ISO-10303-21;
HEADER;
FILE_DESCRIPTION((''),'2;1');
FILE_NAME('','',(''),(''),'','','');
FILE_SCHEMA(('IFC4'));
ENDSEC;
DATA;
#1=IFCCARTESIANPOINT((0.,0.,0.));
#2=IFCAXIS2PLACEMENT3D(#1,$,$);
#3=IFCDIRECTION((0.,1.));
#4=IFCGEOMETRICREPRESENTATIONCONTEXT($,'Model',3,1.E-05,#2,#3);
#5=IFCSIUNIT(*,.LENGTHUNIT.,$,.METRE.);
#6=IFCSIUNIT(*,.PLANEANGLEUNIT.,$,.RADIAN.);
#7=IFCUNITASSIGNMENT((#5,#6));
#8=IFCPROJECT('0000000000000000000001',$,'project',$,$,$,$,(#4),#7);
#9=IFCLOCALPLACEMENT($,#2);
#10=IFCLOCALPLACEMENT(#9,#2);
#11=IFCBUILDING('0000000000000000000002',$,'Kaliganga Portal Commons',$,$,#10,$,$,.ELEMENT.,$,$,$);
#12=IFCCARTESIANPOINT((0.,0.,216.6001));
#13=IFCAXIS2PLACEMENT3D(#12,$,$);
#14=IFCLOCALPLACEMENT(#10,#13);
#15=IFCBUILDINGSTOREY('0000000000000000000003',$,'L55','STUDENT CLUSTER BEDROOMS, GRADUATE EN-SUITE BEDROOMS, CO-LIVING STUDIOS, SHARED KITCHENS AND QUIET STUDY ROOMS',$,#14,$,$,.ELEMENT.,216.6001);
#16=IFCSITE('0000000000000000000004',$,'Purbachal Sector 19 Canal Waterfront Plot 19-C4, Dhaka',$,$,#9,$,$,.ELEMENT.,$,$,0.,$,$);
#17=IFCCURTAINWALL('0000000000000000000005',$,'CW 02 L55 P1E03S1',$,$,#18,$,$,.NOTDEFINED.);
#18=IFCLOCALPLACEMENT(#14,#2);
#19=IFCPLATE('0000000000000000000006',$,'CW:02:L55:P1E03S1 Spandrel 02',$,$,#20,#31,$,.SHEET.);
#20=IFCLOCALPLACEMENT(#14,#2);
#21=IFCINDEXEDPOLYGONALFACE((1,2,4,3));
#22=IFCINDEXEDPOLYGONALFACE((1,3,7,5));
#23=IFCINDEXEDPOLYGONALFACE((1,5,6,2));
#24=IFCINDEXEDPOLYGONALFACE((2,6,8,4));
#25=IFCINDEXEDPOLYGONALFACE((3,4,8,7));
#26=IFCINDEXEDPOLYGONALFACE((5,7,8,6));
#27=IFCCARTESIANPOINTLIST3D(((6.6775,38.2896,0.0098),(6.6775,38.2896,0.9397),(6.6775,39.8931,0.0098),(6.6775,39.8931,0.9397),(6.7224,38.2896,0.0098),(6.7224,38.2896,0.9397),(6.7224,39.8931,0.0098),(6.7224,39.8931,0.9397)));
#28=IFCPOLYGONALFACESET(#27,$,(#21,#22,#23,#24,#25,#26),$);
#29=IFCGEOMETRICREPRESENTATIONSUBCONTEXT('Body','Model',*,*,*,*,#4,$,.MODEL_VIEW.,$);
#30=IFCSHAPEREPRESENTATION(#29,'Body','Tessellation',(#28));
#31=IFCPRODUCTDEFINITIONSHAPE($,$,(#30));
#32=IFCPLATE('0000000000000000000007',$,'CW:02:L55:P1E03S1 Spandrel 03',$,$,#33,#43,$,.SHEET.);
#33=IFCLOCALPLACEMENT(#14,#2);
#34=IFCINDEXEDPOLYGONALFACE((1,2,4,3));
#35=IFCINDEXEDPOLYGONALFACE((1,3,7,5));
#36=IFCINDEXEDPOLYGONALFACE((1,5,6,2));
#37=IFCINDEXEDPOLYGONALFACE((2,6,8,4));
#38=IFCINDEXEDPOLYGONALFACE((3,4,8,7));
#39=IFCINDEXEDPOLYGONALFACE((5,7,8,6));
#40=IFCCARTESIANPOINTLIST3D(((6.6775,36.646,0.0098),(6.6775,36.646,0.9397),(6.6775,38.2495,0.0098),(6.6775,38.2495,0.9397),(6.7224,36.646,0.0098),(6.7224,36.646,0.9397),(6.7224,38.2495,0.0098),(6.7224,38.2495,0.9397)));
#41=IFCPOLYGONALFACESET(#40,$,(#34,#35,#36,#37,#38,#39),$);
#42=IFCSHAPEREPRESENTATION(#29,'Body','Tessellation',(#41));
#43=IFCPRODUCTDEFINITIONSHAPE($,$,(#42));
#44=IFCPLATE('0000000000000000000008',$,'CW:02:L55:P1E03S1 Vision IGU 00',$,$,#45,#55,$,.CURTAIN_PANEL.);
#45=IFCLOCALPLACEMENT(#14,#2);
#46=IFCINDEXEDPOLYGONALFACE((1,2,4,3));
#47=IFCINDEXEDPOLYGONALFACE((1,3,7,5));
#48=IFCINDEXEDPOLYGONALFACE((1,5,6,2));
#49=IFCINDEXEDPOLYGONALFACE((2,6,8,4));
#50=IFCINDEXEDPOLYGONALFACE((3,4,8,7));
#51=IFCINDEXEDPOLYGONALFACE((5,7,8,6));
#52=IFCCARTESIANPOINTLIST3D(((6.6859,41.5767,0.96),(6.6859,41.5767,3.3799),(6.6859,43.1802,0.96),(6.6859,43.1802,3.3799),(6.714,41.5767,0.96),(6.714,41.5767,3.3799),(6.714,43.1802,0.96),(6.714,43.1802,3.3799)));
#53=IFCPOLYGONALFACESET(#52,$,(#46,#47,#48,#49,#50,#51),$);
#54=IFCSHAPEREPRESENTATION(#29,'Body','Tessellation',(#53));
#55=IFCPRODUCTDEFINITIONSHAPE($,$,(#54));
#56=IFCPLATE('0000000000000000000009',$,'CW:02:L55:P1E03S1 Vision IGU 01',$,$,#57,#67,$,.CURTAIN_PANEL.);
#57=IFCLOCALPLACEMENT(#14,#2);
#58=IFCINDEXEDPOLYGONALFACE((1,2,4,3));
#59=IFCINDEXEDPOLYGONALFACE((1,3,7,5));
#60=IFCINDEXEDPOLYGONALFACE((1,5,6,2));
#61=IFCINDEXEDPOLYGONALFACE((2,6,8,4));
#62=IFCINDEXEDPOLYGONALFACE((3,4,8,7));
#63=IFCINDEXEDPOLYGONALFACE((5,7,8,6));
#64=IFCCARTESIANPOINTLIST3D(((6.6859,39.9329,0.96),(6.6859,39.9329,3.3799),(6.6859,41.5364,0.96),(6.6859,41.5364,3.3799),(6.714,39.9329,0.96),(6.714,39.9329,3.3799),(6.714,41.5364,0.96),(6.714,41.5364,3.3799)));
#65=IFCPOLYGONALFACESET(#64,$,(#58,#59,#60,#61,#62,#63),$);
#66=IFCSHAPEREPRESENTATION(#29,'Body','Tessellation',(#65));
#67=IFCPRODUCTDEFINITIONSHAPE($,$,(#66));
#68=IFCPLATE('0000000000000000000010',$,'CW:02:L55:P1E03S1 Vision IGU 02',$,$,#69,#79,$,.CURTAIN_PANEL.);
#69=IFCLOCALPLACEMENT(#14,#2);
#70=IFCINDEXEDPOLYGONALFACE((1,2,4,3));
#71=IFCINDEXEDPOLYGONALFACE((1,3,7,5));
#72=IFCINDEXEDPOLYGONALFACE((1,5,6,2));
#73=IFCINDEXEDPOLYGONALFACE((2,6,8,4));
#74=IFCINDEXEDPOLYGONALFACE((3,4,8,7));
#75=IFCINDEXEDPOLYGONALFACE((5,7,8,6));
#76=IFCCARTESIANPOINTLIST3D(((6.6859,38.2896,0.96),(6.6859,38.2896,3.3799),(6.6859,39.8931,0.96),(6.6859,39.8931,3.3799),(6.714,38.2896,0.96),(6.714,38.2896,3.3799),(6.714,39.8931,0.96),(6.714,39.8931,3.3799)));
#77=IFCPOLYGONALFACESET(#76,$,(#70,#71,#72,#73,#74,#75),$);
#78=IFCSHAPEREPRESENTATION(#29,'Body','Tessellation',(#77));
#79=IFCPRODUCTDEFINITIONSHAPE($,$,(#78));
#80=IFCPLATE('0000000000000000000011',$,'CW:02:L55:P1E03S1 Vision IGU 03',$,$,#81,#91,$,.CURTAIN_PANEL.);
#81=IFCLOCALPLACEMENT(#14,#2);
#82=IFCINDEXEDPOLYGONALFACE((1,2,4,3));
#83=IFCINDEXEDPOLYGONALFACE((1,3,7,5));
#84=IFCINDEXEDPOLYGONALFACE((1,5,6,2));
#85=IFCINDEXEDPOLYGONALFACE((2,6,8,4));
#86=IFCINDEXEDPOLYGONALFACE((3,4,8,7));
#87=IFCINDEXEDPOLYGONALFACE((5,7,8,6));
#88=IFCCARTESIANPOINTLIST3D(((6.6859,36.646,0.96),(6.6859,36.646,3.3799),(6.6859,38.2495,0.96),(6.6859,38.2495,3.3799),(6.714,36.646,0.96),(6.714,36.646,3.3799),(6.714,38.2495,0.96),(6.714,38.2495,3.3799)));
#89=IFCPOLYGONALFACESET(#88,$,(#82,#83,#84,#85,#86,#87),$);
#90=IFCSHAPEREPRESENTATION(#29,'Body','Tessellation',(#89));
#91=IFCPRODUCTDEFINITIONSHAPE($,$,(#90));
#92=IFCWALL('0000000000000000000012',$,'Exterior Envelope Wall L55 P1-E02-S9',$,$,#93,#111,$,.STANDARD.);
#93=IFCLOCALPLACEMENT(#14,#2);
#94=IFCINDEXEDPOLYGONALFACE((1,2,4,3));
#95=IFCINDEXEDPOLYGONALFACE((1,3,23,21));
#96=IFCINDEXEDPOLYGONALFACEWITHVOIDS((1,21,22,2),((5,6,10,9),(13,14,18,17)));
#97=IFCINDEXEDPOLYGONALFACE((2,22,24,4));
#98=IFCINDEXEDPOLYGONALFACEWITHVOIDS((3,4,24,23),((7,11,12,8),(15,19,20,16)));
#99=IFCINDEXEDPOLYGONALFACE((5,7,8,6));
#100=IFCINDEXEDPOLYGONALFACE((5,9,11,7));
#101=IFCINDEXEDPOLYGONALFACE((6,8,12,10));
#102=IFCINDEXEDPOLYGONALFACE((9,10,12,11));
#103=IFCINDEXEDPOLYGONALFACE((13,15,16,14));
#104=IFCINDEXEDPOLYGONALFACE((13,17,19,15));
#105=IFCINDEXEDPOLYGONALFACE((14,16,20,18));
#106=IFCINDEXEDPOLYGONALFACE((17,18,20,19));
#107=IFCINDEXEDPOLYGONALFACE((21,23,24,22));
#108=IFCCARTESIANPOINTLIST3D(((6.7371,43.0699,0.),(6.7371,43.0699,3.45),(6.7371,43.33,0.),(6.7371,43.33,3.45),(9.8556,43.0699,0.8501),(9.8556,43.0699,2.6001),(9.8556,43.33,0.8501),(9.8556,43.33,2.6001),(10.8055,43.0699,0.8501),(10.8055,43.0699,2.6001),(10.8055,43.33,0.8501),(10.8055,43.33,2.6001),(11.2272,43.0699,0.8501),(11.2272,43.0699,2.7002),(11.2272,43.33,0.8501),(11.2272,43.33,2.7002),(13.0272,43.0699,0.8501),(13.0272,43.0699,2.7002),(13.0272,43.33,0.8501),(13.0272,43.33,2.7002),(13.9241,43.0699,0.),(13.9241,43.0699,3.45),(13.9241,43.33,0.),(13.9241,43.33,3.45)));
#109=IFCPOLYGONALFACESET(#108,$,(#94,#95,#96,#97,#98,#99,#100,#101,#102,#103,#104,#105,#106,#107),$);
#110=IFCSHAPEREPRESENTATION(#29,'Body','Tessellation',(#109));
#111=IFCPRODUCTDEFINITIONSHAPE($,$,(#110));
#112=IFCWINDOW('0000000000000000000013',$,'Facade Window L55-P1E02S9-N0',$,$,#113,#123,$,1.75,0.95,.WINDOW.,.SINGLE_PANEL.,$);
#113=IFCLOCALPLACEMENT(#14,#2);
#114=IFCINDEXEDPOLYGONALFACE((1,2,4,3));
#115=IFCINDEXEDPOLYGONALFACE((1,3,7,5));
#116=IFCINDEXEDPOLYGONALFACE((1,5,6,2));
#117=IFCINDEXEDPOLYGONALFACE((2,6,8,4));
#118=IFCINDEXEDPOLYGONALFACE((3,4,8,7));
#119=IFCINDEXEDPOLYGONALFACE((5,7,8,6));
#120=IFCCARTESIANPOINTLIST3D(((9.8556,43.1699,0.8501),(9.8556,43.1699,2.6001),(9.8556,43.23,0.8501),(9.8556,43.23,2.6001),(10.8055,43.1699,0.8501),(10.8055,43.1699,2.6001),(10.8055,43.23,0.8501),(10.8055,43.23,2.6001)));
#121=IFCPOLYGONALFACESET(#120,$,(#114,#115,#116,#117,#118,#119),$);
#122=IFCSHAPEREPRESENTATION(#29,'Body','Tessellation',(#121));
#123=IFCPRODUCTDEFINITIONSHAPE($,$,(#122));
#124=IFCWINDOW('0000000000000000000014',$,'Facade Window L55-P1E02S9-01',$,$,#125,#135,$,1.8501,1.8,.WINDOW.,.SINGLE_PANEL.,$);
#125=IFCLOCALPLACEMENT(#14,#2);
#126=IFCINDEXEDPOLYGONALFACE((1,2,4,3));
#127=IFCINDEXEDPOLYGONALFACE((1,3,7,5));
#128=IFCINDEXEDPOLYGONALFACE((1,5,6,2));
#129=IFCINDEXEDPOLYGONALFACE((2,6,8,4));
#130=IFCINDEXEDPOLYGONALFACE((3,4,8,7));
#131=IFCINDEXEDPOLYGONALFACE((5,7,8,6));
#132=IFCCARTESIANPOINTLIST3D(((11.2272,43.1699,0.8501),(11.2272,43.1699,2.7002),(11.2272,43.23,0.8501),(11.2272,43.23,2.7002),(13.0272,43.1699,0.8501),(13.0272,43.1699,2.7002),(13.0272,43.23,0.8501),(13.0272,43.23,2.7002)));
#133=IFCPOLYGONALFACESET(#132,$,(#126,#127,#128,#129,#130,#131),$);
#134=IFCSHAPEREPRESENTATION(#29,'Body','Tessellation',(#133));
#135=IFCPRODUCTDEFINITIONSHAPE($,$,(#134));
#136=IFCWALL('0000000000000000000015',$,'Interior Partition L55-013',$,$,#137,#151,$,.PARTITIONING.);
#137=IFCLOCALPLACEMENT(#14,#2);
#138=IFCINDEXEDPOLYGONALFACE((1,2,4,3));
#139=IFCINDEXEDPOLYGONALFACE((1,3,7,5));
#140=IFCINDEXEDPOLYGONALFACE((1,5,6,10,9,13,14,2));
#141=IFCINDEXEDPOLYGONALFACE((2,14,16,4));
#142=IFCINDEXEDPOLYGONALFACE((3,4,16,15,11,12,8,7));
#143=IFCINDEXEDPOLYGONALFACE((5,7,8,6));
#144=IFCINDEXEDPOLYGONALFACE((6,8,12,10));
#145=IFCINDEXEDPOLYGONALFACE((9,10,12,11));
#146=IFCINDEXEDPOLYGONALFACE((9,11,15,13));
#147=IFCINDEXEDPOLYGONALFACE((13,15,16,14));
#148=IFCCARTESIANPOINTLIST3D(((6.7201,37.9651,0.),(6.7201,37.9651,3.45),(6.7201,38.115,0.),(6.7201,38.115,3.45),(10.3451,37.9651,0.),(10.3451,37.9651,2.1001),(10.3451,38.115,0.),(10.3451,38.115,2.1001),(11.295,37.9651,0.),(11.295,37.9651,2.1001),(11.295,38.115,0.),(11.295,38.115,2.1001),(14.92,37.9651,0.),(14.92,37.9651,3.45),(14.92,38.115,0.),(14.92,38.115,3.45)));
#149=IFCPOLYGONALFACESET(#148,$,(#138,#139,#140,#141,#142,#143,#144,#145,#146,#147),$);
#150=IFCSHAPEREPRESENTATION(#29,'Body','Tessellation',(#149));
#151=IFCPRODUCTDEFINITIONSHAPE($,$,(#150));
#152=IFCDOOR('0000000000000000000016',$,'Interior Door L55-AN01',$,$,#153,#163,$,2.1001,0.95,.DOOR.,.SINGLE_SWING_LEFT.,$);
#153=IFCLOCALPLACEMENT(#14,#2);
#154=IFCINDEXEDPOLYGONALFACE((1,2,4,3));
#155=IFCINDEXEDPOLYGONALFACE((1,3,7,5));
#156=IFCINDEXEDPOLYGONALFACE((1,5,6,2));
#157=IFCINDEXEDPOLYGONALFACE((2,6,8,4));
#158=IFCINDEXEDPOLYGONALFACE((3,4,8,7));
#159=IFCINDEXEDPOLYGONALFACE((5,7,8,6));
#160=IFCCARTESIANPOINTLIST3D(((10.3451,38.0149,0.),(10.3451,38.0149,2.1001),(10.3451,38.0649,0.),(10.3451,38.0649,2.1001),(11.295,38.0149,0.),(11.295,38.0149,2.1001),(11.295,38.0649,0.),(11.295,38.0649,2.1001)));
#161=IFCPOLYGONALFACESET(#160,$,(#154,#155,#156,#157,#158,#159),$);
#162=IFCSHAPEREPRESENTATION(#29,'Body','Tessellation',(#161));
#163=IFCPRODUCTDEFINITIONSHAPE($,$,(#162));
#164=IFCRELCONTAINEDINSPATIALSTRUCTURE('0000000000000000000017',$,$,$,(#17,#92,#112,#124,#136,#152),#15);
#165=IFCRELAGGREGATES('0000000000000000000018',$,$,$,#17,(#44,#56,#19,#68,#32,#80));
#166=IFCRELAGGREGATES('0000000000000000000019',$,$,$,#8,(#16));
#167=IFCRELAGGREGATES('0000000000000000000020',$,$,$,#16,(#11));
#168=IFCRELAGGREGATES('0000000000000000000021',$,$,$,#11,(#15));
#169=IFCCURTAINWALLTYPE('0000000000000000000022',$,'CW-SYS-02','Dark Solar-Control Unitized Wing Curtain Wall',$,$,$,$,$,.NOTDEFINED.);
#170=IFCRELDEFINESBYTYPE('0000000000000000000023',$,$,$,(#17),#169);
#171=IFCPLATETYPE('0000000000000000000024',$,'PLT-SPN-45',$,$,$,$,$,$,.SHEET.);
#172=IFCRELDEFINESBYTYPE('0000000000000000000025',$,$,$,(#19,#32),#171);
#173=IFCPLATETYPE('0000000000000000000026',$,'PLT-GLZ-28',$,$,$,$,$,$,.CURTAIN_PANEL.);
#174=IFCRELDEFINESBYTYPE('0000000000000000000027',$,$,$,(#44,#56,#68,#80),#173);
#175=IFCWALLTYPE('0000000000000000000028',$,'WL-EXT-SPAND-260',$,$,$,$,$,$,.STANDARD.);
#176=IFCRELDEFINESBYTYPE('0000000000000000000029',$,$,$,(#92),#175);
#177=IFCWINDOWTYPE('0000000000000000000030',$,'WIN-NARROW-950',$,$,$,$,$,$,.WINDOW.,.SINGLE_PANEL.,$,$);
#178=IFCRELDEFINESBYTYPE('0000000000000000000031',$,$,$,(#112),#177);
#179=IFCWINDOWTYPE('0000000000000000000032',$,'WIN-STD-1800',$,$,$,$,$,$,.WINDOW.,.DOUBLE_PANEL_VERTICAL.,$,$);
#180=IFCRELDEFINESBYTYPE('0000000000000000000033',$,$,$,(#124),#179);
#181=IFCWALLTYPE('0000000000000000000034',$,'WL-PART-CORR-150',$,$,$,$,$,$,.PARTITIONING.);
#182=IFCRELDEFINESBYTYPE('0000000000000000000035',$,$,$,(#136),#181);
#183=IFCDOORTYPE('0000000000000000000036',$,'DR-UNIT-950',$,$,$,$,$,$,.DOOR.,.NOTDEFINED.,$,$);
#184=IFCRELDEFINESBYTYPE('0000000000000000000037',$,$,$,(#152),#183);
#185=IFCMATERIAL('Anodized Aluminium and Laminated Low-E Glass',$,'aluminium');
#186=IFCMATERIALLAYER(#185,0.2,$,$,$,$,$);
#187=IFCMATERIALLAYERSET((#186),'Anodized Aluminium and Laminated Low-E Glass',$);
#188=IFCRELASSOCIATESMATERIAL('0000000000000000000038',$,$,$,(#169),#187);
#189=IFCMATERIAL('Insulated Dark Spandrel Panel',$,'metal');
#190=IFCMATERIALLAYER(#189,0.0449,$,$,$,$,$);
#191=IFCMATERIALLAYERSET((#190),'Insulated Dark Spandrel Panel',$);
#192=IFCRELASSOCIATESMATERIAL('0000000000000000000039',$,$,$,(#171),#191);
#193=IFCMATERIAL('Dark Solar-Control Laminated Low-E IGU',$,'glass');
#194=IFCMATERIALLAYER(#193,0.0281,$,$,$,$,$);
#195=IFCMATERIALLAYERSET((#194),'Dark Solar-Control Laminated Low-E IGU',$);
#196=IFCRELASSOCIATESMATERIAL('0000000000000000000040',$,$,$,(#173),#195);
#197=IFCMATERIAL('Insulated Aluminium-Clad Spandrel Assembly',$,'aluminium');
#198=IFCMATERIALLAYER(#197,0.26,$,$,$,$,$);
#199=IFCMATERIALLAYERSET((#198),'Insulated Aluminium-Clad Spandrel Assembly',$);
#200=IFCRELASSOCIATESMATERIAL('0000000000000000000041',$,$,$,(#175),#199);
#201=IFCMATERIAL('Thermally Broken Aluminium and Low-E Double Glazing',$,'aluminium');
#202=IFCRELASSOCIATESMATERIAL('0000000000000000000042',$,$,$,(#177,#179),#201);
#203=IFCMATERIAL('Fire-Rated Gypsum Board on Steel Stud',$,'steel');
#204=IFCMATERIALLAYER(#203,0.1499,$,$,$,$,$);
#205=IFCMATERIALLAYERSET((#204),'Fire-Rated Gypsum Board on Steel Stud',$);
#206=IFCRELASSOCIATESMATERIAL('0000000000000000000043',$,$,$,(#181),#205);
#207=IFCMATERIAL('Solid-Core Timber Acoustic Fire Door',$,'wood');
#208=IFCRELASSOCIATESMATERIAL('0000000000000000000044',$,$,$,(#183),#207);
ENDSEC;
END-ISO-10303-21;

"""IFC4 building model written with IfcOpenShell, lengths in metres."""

from ifc_helpers import new_model, si_unit, direction, frame, frame_2d, origin, origin_2d, place, context, subcontext, project, spatial, rectangle, extrude, source, transform, mapped, material, layer, layer_set, type_object, element, fill, aggregate, save


model = new_model("IFC4")

# Units and contexts
model_context = context("Model", 3, precision=1e-05, world=origin(), true_north=direction((0.0, 1.0)))
body_context = subcontext(model_context, "Body", "Model", "MODEL_VIEW")
ifc_project = project(units=[si_unit("LENGTHUNIT", "METRE"), si_unit("PLANEANGLEUNIT", "RADIAN")], contexts=[model_context])

# Site, building, storey
site_placement = place(None, origin())
site = spatial("IfcSite", under=ifc_project, at=site_placement, Name="Purbachal Sector 19 Canal Waterfront Plot 19-C4, Dhaka", CompositionType="ELEMENT", RefElevation=0.0)
building_placement = place(site_placement, origin())
building = spatial("IfcBuilding", under=site, at=building_placement, Name="Kaliganga Portal Commons", CompositionType="ELEMENT")
storey_placement = place(building_placement, frame((0.0, 0.0, 216.6001)))
storey = spatial("IfcBuildingStorey", under=building, at=storey_placement, Name="L55", Description="STUDENT CLUSTER BEDROOMS, GRADUATE EN-SUITE BEDROOMS, CO-LIVING STUDIOS, SHARED KITCHENS AND QUIET STUDY ROOMS", CompositionType="ELEMENT", Elevation=216.6001)

# Curtain wall, plates
ifc_material_1 = material(Name="Anodized Aluminium and Laminated Low-E Glass", Category="aluminium")
ifc_layer_1 = layer(ifc_material_1, 0.2)
ifc_layer_set_1 = layer_set([ifc_layer_1], Name="Anodized Aluminium and Laminated Low-E Glass")
curtain_wall_type = type_object("IfcCurtainWallType", Name="CW-SYS-02", Description="Dark Solar-Control Unitized Wing Curtain Wall", PredefinedType="NOTDEFINED", material=ifc_layer_set_1)
curtain_wall_placement = place(storey_placement, origin())
curtain_wall = element("IfcCurtainWall", 1, at=curtain_wall_placement, inside=storey, type_object=curtain_wall_type, Name="CW 02 L55 P1E03S1", PredefinedType="NOTDEFINED")
ifc_material_2 = material(Name="Insulated Dark Spandrel Panel", Category="metal")
ifc_layer_2 = layer(ifc_material_2, 0.0449)
ifc_layer_set_2 = layer_set([ifc_layer_2], Name="Insulated Dark Spandrel Panel")
plate_type_1 = type_object("IfcPlateType", Name="PLT-SPN-45", PredefinedType="SHEET", material=ifc_layer_set_2)
shared_shape_1 = source(origin(), body_context, "Body", "SweptSolid", [
    extrude(rectangle(XDim=1.6035, YDim=0.0449, at=origin_2d()), origin(), (0.0, 0.0, 1.0), 0.9299),
])
plate_1_placement = place(storey_placement, frame((6.7, 39.0913, 0.0098), z_axis=(0.0, 0.0, 1.0), x_axis=(0.0, -1.0, 0.0)))
plate_1 = element("IfcPlate", 2, at=plate_1_placement, type_object=plate_type_1, Name="CW:02:L55:P1E03S1 Spandrel 02", PredefinedType="SHEET", context=body_context, shape_type="MappedRepresentation", body=[
    mapped(shared_shape_1, transform((0.0, 0.0, 0.0), x_axis=(1.0, 0.0, 0.0), y_axis=(0.0, 1.0, 0.0), z_axis=(0.0, 0.0, 1.0), scale=1.0)),
])
plate_2_placement = place(storey_placement, frame((6.7, 37.4478, 0.0098), z_axis=(0.0, 0.0, 1.0), x_axis=(0.0, -1.0, 0.0)))
plate_2 = element("IfcPlate", 3, at=plate_2_placement, type_object=plate_type_1, Name="CW:02:L55:P1E03S1 Spandrel 03", PredefinedType="SHEET", context=body_context, shape_type="MappedRepresentation", body=[
    mapped(shared_shape_1, transform((0.0, 0.0, 0.0), x_axis=(1.0, 0.0, 0.0), y_axis=(0.0, 1.0, 0.0), z_axis=(0.0, 0.0, 1.0), scale=1.0)),
])
ifc_material_3 = material(Name="Dark Solar-Control Laminated Low-E IGU", Category="glass")
ifc_layer_3 = layer(ifc_material_3, 0.0281)
ifc_layer_set_3 = layer_set([ifc_layer_3], Name="Dark Solar-Control Laminated Low-E IGU")
plate_type_2 = type_object("IfcPlateType", Name="PLT-GLZ-28", PredefinedType="CURTAIN_PANEL", material=ifc_layer_set_3)
shared_shape_2 = source(origin(), body_context, "Body", "SweptSolid", [
    extrude(rectangle(XDim=1.6035, YDim=0.0281, at=origin_2d()), origin(), (0.0, 0.0, 1.0), 2.4199),
])
plate_3_placement = place(storey_placement, frame((6.7, 42.3784, 0.96), z_axis=(0.0, 0.0, 1.0), x_axis=(0.0, -1.0, 0.0)))
plate_3 = element("IfcPlate", 4, at=plate_3_placement, type_object=plate_type_2, Name="CW:02:L55:P1E03S1 Vision IGU 00", PredefinedType="CURTAIN_PANEL", context=body_context, shape_type="MappedRepresentation", body=[
    mapped(shared_shape_2, transform((0.0, 0.0, 0.0), x_axis=(1.0, 0.0, 0.0), y_axis=(0.0, 1.0, 0.0), z_axis=(0.0, 0.0, 1.0), scale=1.0)),
])
plate_4_placement = place(storey_placement, frame((6.7, 40.7346, 0.96), z_axis=(0.0, 0.0, 1.0), x_axis=(0.0, -1.0, 0.0)))
plate_4 = element("IfcPlate", 5, at=plate_4_placement, type_object=plate_type_2, Name="CW:02:L55:P1E03S1 Vision IGU 01", PredefinedType="CURTAIN_PANEL", context=body_context, shape_type="MappedRepresentation", body=[
    mapped(shared_shape_2, transform((0.0, 0.0, 0.0), x_axis=(1.0, 0.0, 0.0), y_axis=(0.0, 1.0, 0.0), z_axis=(0.0, 0.0, 1.0), scale=1.0)),
])
plate_5_placement = place(storey_placement, frame((6.7, 39.0913, 0.96), z_axis=(0.0, 0.0, 1.0), x_axis=(0.0, -1.0, 0.0)))
plate_5 = element("IfcPlate", 6, at=plate_5_placement, type_object=plate_type_2, Name="CW:02:L55:P1E03S1 Vision IGU 02", PredefinedType="CURTAIN_PANEL", context=body_context, shape_type="MappedRepresentation", body=[
    mapped(shared_shape_2, transform((0.0, 0.0, 0.0), x_axis=(1.0, 0.0, 0.0), y_axis=(0.0, 1.0, 0.0), z_axis=(0.0, 0.0, 1.0), scale=1.0)),
])
plate_6_placement = place(storey_placement, frame((6.7, 37.4478, 0.96), z_axis=(0.0, 0.0, 1.0), x_axis=(0.0, -1.0, 0.0)))
plate_6 = element("IfcPlate", 7, at=plate_6_placement, type_object=plate_type_2, Name="CW:02:L55:P1E03S1 Vision IGU 03", PredefinedType="CURTAIN_PANEL", context=body_context, shape_type="MappedRepresentation", body=[
    mapped(shared_shape_2, transform((0.0, 0.0, 0.0), x_axis=(1.0, 0.0, 0.0), y_axis=(0.0, 1.0, 0.0), z_axis=(0.0, 0.0, 1.0), scale=1.0)),
])
aggregate(curtain_wall, [plate_3, plate_4, plate_1, plate_5, plate_2, plate_6])

# Wall, openings, windows
ifc_material_4 = material(Name="Insulated Aluminium-Clad Spandrel Assembly", Category="aluminium")
ifc_layer_4 = layer(ifc_material_4, 0.26)
ifc_layer_set_4 = layer_set([ifc_layer_4], Name="Insulated Aluminium-Clad Spandrel Assembly")
wall_type_1 = type_object("IfcWallType", Name="WL-EXT-SPAND-260", PredefinedType="STANDARD", material=ifc_layer_set_4)
wall_1_placement = place(storey_placement, frame((6.7371, 43.2, 0.0), z_axis=(0.0, 0.0, 1.0), x_axis=(1.0, 0.0, 0.0)))
wall_1 = element("IfcWall", 8, at=wall_1_placement, inside=storey, type_object=wall_type_1, Name="Exterior Envelope Wall L55 P1-E02-S9", PredefinedType="STANDARD", context=body_context, shape_type="SweptSolid", body=[
    extrude(rectangle(XDim=7.187, YDim=0.26, at=frame_2d((3.5935, 0.0))), origin(), (0.0, 0.0, 1.0), 3.45),
])
opening_1_placement = place(wall_1_placement, frame((4.4902, 0.0, 0.8501)))
opening_1 = element("IfcOpeningElement", 9, at=opening_1_placement, cuts=wall_1, PredefinedType="OPENING", context=body_context, shape_type="SweptSolid", body=[
    extrude(rectangle(XDim=1.8, YDim=1.8501, at=frame_2d((0.8999, 0.925))), frame((0.0, 0.1401, 0.0), z_axis=(0.0, -1.0, 0.0), x_axis=(1.0, 0.0, 0.0)), (0.0, 0.0, 1.0), 0.28),
])
opening_2_placement = place(wall_1_placement, frame((3.1184, 0.0, 0.8501)))
opening_2 = element("IfcOpeningElement", 10, at=opening_2_placement, cuts=wall_1, PredefinedType="OPENING", context=body_context, shape_type="SweptSolid", body=[
    extrude(rectangle(XDim=0.95, YDim=1.75, at=frame_2d((0.4751, 0.875))), frame((0.0, 0.1401, 0.0), z_axis=(0.0, -1.0, 0.0), x_axis=(1.0, 0.0, 0.0)), (0.0, 0.0, 1.0), 0.28),
])
ifc_material_5 = material(Name="Thermally Broken Aluminium and Low-E Double Glazing", Category="aluminium")
window_type_1 = type_object("IfcWindowType", Name="WIN-NARROW-950", PartitioningType="SINGLE_PANEL", PredefinedType="WINDOW", material=ifc_material_5)
window_1_placement = place(opening_2_placement, origin())
window_1 = element("IfcWindow", 11, at=window_1_placement, inside=storey, type_object=window_type_1, Name="Facade Window L55-P1E02S9-N0", OverallHeight=1.75, OverallWidth=0.95, PartitioningType="SINGLE_PANEL", PredefinedType="WINDOW", context=body_context, shape_type="SweptSolid", body=[
    extrude(rectangle(XDim=0.95, YDim=1.75, at=frame_2d((0.4751, 0.875))), frame((0.0, 0.03, 0.0), z_axis=(0.0, -1.0, 0.0), x_axis=(1.0, 0.0, 0.0)), (0.0, 0.0, 1.0), 0.0601),
])
fill(opening_2, window_1)
window_type_2 = type_object("IfcWindowType", Name="WIN-STD-1800", PartitioningType="DOUBLE_PANEL_VERTICAL", PredefinedType="WINDOW", material=ifc_material_5)
window_2_placement = place(opening_1_placement, origin())
window_2 = element("IfcWindow", 12, at=window_2_placement, inside=storey, type_object=window_type_2, Name="Facade Window L55-P1E02S9-01", OverallHeight=1.8501, OverallWidth=1.8, PartitioningType="SINGLE_PANEL", PredefinedType="WINDOW", context=body_context, shape_type="SweptSolid", body=[
    extrude(rectangle(XDim=1.8, YDim=1.8501, at=frame_2d((0.8999, 0.925))), frame((0.0, 0.03, 0.0), z_axis=(0.0, -1.0, 0.0), x_axis=(1.0, 0.0, 0.0)), (0.0, 0.0, 1.0), 0.0601),
])
fill(opening_1, window_2)

# Wall, opening, door
ifc_material_6 = material(Name="Fire-Rated Gypsum Board on Steel Stud", Category="steel")
ifc_layer_5 = layer(ifc_material_6, 0.1499)
ifc_layer_set_5 = layer_set([ifc_layer_5], Name="Fire-Rated Gypsum Board on Steel Stud")
wall_type_2 = type_object("IfcWallType", Name="WL-PART-CORR-150", PredefinedType="PARTITIONING", material=ifc_layer_set_5)
wall_2_placement = place(storey_placement, frame((6.72, 38.04, 0.0), z_axis=(0.0, 0.0, 1.0), x_axis=(1.0, 0.0, 0.0)))
wall_2 = element("IfcWall", 13, at=wall_2_placement, inside=storey, type_object=wall_type_2, Name="Interior Partition L55-013", PredefinedType="PARTITIONING", context=body_context, shape_type="SweptSolid", body=[
    extrude(rectangle(XDim=8.2, YDim=0.1499, at=frame_2d((4.1001, 0.0))), origin(), (0.0, 0.0, 1.0), 3.45),
])
opening_3_placement = place(wall_2_placement, frame((3.625, 0.0, 0.0)))
opening_3 = element("IfcOpeningElement", 14, at=opening_3_placement, cuts=wall_2, PredefinedType="OPENING", context=body_context, shape_type="SweptSolid", body=[
    extrude(rectangle(XDim=0.95, YDim=2.1001, at=frame_2d((0.4751, 1.05))), frame((0.0, 0.085, 0.0), z_axis=(0.0, -1.0, 0.0), x_axis=(1.0, 0.0, 0.0)), (0.0, 0.0, 1.0), 0.1699),
])
ifc_material_7 = material(Name="Solid-Core Timber Acoustic Fire Door", Category="wood")
door_type_1 = type_object("IfcDoorType", Name="DR-UNIT-950", OperationType="NOTDEFINED", PredefinedType="DOOR", material=ifc_material_7)
door_1_placement = place(opening_3_placement, origin())
door_1 = element("IfcDoor", 15, at=door_1_placement, inside=storey, type_object=door_type_1, Name="Interior Door L55-AN01", OperationType="SINGLE_SWING_LEFT", OverallHeight=2.1001, OverallWidth=0.95, PredefinedType="DOOR", context=body_context, shape_type="SweptSolid", body=[
    extrude(rectangle(XDim=0.95, YDim=2.1001, at=frame_2d((0.4751, 1.05))), frame((0.0, 0.0249, 0.0), z_axis=(0.0, -1.0, 0.0), x_axis=(1.0, 0.0, 0.0)), (0.0, 0.0, 1.0), 0.05),
])
fill(opening_3, door_1)

save(model, "model.ifc")
